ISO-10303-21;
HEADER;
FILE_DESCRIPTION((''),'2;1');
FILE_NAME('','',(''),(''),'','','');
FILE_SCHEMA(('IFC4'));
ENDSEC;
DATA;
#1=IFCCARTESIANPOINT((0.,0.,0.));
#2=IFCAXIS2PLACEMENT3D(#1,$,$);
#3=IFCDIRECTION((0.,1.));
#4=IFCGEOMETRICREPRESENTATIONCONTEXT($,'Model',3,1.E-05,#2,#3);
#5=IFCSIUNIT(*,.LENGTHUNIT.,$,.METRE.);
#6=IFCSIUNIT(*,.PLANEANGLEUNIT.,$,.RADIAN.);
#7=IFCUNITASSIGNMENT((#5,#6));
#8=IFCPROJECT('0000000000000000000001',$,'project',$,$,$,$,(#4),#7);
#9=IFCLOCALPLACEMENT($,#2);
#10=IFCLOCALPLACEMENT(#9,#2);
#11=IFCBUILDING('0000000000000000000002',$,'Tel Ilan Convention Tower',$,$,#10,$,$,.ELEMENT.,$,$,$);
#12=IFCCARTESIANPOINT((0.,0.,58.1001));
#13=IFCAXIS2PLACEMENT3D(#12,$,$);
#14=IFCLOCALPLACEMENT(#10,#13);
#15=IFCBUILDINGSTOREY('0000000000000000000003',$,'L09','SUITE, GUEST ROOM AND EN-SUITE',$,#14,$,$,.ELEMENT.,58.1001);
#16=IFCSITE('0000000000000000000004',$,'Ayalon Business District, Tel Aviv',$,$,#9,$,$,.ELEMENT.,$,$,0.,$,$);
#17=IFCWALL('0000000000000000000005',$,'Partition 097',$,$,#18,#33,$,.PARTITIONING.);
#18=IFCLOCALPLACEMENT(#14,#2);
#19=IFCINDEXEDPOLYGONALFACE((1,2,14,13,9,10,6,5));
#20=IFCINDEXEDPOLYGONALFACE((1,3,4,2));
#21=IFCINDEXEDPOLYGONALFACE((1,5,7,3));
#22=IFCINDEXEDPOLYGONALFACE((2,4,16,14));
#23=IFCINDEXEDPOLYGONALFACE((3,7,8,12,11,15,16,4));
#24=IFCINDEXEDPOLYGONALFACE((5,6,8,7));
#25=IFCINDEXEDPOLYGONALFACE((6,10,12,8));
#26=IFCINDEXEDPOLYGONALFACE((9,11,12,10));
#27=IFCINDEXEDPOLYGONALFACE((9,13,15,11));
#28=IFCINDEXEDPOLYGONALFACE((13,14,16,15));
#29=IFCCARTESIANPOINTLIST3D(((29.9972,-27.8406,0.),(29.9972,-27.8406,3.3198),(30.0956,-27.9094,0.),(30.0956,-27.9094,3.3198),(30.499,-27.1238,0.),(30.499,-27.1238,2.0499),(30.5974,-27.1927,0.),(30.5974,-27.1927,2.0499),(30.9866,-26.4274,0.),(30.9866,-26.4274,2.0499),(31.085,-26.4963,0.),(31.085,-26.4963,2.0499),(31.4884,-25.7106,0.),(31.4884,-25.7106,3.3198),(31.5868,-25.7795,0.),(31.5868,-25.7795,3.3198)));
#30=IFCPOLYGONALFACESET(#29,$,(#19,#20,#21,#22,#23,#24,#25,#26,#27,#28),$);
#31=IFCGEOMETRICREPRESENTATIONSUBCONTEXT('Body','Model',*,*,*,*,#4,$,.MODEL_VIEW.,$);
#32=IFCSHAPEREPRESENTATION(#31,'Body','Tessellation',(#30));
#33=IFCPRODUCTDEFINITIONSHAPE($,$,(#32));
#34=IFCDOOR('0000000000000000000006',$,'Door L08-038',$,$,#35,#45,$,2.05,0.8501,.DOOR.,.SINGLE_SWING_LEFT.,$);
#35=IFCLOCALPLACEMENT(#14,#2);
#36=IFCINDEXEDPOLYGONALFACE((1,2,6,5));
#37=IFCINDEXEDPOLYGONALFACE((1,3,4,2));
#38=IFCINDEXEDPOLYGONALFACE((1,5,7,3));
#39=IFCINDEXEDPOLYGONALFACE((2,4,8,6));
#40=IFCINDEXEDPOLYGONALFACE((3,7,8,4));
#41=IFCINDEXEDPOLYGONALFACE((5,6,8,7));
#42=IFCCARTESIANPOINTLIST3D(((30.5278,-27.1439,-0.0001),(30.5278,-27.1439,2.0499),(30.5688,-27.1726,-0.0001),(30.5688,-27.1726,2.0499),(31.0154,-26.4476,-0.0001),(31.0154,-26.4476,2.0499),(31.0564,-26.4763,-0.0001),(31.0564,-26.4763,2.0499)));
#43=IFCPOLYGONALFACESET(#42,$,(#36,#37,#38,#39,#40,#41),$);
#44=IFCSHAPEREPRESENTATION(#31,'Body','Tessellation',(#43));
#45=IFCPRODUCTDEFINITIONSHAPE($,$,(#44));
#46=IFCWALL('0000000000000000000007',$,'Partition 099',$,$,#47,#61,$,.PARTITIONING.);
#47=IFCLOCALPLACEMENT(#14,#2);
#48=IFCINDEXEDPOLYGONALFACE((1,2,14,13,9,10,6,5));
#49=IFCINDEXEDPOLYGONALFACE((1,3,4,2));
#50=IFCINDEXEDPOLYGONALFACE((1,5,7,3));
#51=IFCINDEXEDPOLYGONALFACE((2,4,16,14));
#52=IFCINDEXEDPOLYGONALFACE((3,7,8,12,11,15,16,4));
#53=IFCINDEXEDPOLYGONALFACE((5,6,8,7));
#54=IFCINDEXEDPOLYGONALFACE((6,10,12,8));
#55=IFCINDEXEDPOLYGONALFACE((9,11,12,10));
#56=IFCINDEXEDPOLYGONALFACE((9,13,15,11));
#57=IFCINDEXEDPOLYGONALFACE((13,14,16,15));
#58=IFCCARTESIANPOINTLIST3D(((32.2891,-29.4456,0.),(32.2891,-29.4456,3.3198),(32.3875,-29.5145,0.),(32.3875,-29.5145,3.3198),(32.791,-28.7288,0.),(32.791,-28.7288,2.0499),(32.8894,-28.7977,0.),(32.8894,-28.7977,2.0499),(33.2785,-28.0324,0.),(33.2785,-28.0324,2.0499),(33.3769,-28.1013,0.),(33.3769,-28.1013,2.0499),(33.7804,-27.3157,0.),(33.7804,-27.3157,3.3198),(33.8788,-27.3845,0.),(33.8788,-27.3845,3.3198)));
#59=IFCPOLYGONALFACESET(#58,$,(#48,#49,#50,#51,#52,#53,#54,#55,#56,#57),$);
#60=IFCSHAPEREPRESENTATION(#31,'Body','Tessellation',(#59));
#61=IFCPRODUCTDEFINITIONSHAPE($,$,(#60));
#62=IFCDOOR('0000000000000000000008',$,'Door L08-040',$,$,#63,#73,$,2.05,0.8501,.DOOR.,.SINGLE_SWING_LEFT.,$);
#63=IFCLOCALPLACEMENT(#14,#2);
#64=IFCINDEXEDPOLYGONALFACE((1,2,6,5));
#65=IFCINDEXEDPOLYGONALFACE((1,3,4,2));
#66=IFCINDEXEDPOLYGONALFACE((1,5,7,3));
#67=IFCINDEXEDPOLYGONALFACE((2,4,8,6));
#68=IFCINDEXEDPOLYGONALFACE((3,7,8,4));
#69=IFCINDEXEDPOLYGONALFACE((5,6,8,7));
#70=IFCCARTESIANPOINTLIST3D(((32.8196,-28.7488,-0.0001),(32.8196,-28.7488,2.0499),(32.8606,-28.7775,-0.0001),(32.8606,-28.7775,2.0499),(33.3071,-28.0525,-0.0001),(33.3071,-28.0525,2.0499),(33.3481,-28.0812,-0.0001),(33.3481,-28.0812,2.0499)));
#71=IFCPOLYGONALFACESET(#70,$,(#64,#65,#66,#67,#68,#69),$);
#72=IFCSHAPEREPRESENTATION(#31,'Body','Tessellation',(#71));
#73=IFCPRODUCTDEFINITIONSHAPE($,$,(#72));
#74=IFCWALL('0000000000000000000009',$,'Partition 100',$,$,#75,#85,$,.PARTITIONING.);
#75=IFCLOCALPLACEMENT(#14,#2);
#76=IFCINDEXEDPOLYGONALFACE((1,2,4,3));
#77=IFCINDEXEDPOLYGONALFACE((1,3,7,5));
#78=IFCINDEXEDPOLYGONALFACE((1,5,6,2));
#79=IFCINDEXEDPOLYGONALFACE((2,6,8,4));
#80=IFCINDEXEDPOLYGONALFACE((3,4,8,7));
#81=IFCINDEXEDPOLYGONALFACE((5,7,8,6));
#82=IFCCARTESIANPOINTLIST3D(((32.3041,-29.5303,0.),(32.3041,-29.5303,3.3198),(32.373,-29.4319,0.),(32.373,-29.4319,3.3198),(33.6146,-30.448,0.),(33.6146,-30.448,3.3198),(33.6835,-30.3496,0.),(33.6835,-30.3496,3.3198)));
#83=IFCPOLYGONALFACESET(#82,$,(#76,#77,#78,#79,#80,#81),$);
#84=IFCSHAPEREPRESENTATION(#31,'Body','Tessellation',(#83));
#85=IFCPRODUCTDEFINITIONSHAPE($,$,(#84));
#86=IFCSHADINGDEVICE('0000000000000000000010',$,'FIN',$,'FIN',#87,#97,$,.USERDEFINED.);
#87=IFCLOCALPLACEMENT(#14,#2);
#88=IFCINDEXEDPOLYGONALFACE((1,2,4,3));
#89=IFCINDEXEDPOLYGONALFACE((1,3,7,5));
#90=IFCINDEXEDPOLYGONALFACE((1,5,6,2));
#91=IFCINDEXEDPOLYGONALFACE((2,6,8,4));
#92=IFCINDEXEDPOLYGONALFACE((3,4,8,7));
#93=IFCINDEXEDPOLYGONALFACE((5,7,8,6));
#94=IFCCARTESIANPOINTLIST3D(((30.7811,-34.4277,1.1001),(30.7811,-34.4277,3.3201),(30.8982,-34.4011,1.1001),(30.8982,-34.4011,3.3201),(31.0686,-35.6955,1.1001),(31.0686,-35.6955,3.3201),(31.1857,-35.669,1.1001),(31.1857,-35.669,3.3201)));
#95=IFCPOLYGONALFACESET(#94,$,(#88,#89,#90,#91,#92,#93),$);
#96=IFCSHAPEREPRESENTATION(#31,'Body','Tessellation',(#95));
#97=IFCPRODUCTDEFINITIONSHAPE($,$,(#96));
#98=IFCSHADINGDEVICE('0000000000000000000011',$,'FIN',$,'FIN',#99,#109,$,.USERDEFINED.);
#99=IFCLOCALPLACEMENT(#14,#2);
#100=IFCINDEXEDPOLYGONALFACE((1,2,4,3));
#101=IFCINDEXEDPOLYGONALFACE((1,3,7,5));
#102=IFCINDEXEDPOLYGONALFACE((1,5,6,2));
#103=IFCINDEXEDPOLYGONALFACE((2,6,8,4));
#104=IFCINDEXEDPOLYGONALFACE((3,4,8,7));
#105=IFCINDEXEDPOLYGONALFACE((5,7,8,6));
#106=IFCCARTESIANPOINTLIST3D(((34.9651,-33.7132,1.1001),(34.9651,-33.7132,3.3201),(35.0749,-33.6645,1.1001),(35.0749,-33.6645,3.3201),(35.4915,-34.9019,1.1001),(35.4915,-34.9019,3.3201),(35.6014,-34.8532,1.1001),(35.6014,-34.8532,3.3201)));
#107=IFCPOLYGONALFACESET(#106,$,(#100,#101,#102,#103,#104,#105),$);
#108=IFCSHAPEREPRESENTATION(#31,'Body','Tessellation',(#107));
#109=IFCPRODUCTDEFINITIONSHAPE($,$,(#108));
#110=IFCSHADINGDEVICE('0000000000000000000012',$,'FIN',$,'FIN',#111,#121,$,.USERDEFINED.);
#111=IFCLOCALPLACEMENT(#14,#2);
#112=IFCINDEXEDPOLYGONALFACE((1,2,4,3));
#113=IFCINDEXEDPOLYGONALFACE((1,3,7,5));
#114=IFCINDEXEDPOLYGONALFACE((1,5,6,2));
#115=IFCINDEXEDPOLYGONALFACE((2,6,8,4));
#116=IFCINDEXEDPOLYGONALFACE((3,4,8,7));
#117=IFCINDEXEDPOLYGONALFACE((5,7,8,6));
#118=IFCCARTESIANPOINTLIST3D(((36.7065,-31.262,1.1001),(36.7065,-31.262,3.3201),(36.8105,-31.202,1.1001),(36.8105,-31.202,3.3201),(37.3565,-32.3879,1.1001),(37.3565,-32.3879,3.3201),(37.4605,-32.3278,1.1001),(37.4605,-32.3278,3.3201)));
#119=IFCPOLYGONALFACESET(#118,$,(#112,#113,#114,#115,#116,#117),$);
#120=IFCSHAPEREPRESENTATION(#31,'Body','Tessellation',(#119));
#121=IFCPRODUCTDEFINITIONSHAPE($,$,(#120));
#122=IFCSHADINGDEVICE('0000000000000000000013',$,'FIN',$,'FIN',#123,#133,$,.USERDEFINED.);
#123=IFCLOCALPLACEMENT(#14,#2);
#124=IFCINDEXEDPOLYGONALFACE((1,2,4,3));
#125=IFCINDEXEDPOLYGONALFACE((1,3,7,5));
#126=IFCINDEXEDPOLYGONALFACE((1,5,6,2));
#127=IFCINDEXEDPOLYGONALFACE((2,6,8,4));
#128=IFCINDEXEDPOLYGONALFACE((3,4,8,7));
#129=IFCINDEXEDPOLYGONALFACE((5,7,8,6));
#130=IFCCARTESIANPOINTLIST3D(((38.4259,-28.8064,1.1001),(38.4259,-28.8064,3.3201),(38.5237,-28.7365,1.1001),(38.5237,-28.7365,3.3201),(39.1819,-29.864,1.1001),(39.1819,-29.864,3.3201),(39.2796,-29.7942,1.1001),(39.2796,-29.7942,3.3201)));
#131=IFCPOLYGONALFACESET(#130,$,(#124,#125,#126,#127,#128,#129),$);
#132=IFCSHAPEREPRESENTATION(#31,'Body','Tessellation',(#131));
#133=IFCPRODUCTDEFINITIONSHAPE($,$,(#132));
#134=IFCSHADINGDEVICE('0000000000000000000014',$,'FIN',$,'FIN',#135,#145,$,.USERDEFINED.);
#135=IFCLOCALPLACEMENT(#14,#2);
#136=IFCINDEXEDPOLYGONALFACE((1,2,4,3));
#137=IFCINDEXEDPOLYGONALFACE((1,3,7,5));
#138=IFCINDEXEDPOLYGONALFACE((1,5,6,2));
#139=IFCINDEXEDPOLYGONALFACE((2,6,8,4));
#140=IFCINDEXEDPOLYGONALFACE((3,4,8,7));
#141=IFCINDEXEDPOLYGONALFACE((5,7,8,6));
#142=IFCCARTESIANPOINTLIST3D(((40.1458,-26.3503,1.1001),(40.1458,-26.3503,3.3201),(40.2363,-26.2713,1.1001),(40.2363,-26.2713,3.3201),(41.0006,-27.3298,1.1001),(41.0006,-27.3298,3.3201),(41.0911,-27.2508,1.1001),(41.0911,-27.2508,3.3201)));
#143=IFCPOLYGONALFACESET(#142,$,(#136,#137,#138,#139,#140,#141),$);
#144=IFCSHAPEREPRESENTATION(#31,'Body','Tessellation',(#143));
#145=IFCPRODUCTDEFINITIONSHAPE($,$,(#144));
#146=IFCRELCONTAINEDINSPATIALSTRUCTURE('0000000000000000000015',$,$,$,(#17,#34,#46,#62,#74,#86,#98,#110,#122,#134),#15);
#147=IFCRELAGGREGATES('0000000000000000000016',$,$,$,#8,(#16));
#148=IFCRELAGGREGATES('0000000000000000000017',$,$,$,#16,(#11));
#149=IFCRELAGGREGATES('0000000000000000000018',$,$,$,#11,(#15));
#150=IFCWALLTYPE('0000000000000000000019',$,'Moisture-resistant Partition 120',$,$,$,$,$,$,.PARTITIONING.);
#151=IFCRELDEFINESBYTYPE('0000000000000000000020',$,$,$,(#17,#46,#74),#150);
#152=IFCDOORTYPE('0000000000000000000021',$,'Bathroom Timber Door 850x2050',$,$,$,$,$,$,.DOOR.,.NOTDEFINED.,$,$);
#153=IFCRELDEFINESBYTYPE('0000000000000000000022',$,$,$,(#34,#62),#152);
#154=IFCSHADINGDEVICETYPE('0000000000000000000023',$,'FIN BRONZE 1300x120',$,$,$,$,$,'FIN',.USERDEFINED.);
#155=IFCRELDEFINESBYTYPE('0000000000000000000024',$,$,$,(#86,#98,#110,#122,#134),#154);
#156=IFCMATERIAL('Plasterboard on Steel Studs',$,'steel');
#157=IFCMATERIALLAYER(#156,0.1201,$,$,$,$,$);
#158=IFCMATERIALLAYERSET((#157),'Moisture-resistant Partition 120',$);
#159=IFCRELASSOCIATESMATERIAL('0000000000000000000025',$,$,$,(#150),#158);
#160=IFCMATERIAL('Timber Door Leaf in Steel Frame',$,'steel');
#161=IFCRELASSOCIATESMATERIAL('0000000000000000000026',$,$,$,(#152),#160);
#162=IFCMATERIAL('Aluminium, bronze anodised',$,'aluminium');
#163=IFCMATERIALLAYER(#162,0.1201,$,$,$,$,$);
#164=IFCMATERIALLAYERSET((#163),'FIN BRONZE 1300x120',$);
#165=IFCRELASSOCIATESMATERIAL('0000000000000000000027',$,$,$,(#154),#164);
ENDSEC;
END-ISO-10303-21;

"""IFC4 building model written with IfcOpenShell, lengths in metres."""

from ifc_helpers import new_model, si_unit, direction, frame, frame_2d, origin, origin_2d, place, context, subcontext, project, spatial, rectangle, extrude, material, layer, layer_set, type_object, element, fill, save


model = new_model("IFC4")

# Units and contexts
model_context = context("Model", 3, precision=1e-05, world=origin(), true_north=direction((0.0, 1.0)))
body_context = subcontext(model_context, "Body", "Model", "MODEL_VIEW")
ifc_project = project(units=[si_unit("LENGTHUNIT", "METRE"), si_unit("PLANEANGLEUNIT", "RADIAN")], contexts=[model_context])

# Site, building, storey
site_placement = place(None, origin())
site = spatial("IfcSite", under=ifc_project, at=site_placement, Name="Ayalon Business District, Tel Aviv", CompositionType="ELEMENT", RefElevation=0.0)
building_placement = place(site_placement, origin())
building = spatial("IfcBuilding", under=site, at=building_placement, Name="Tel Ilan Convention Tower", CompositionType="ELEMENT")
storey_placement = place(building_placement, frame((0.0, 0.0, 58.1001)))
storey = spatial("IfcBuildingStorey", under=building, at=storey_placement, Name="L09", Description="SUITE, GUEST ROOM AND EN-SUITE", CompositionType="ELEMENT", Elevation=58.1001)

# Walls, openings, doors
ifc_material_1 = material(Name="Plasterboard on Steel Studs", Category="steel")
ifc_layer_1 = layer(ifc_material_1, 0.1201)
ifc_layer_set_1 = layer_set([ifc_layer_1], Name="Moisture-resistant Partition 120")
wall_type_1 = type_object("IfcWallType", Name="Moisture-resistant Partition 120", PredefinedType="PARTITIONING", material=ifc_layer_set_1)
wall_1_placement = place(storey_placement, frame((30.0464, -27.875, 0.0), z_axis=(0.0, 0.0, 1.0), x_axis=(0.573538, 0.819179, 0.0)))
wall_1 = element("IfcWall", 1, at=wall_1_placement, inside=storey, type_object=wall_type_1, Name="Partition 097", PredefinedType="PARTITIONING", context=body_context, shape_type="SweptSolid", body=[
    extrude(rectangle(XDim=2.6001, YDim=0.1201, at=frame_2d((1.3, 0.0))), origin(), (0.0, 0.0, 1.0), 3.3198),
])
opening_1_placement = place(wall_1_placement, frame((0.875, 0.0, 0.0)))
opening_1 = element("IfcOpeningElement", 2, at=opening_1_placement, cuts=wall_1, PredefinedType="OPENING", context=body_context, shape_type="SweptSolid", body=[
    extrude(rectangle(XDim=0.8501, YDim=2.05, at=frame_2d((0.425, 1.0249))), frame((0.0, 0.0701, 0.0), z_axis=(0.0, -1.0, 0.0), x_axis=(1.0, 0.0, 0.0)), (0.0, 0.0, 1.0), 0.1401),
])
ifc_material_2 = material(Name="Timber Door Leaf in Steel Frame", Category="steel")
door_type_1 = type_object("IfcDoorType", Name="Bathroom Timber Door 850x2050", OperationType="NOTDEFINED", PredefinedType="DOOR", material=ifc_material_2)
door_1_placement = place(opening_1_placement, origin())
door_1 = element("IfcDoor", 3, at=door_1_placement, inside=storey, type_object=door_type_1, Name="Door L08-038", OperationType="SINGLE_SWING_LEFT", OverallHeight=2.05, OverallWidth=0.8501, PredefinedType="DOOR", context=body_context, shape_type="SweptSolid", body=[
    extrude(rectangle(XDim=0.8501, YDim=2.05, at=frame_2d((0.425, 1.0249))), frame((0.0, 0.0249, 0.0), z_axis=(0.0, -1.0, 0.0), x_axis=(1.0, 0.0, 0.0)), (0.0, 0.0, 1.0), 0.05),
])
fill(opening_1, door_1)
wall_2_placement = place(storey_placement, frame((33.8296, -27.3501, 0.0), z_axis=(0.0, 0.0, 1.0), x_axis=(-0.573538, -0.819179, 0.0)))
wall_2 = element("IfcWall", 4, at=wall_2_placement, inside=storey, type_object=wall_type_1, Name="Partition 099", PredefinedType="PARTITIONING", context=body_context, shape_type="SweptSolid", body=[
    extrude(rectangle(XDim=2.6001, YDim=0.1201, at=frame_2d((1.3, 0.0))), origin(), (0.0, 0.0, 1.0), 3.3198),
])
opening_2_placement = place(wall_2_placement, frame((0.875, 0.0, 0.0)))
opening_2 = element("IfcOpeningElement", 5, at=opening_2_placement, cuts=wall_2, PredefinedType="OPENING", context=body_context, shape_type="SweptSolid", body=[
    extrude(rectangle(XDim=0.8501, YDim=2.05, at=frame_2d((0.425, 1.0249))), frame((0.0, 0.0701, 0.0), z_axis=(0.0, -1.0, 0.0), x_axis=(1.0, 0.0, 0.0)), (0.0, 0.0, 1.0), 0.1401),
])
door_2_placement = place(opening_2_placement, origin())
door_2 = element("IfcDoor", 6, at=door_2_placement, inside=storey, type_object=door_type_1, Name="Door L08-040", OperationType="SINGLE_SWING_LEFT", OverallHeight=2.05, OverallWidth=0.8501, PredefinedType="DOOR", context=body_context, shape_type="SweptSolid", body=[
    extrude(rectangle(XDim=0.8501, YDim=2.05, at=frame_2d((0.425, 1.0249))), frame((0.0, 0.0249, 0.0), z_axis=(0.0, -1.0, 0.0), x_axis=(1.0, 0.0, 0.0)), (0.0, 0.0, 1.0), 0.05),
])
fill(opening_2, door_2)

# Wall
wall_3_placement = place(storey_placement, frame((32.3386, -29.4812, 0.0), z_axis=(0.0, 0.0, 1.0), x_axis=(0.819132, -0.573606, 0.0)))
element("IfcWall", 7, at=wall_3_placement, inside=storey, type_object=wall_type_1, Name="Partition 100", PredefinedType="PARTITIONING", context=body_context, shape_type="SweptSolid", body=[
    extrude(rectangle(XDim=1.5999, YDim=0.1201, at=frame_2d((0.7998, 0.0))), origin(), (0.0, 0.0, 1.0), 3.3198),
])

# Shading devices
ifc_material_3 = material(Name="Aluminium, bronze anodised", Category="aluminium")
ifc_layer_2 = layer(ifc_material_3, 0.1201)
ifc_layer_set_2 = layer_set([ifc_layer_2], Name="FIN BRONZE 1300x120")
shading_device_type = type_object("IfcShadingDeviceType", Name="FIN BRONZE 1300x120", ElementType="FIN", PredefinedType="USERDEFINED", material=ifc_layer_set_2)
for number, where, z_axis, x_axis, name in (
    (8, (30.9834, -35.0483, 1.1001), (0.0, 0.0, 1.0), (0.22117, -0.975235, 0.0), "FIN"),
    (9, (35.2832, -34.2832, 1.1001), (0.0, 0.0, 1.0), (0.404964, -0.914333, 0.0), "FIN"),
    (10, (37.0835, -31.7949, 1.1001), (0.0, 0.0, 1.0), (0.5, -0.866025, 0.0), "FIN"),
    (11, (38.8528, -29.3003, 1.1001), (0.0, 0.0, 1.0), (0.581492, -0.813552, 0.0), "FIN"),
    (12, (40.6184, -26.8005, 1.1001), (0.0, 0.0, 1.0), (0.657521, -0.753436, 0.0), "FIN"),
):
    element("IfcShadingDevice", number, at=place(storey_placement, frame(where, z_axis=z_axis, x_axis=x_axis)), inside=storey, type_object=shading_device_type, Name=name, ObjectType="FIN", PredefinedType="USERDEFINED", context=body_context, shape_type="SweptSolid", body=[
        extrude(rectangle(XDim=1.3, YDim=0.1201, at=origin_2d()), origin(), (0.0, 0.0, 1.0), 2.22),
    ])

save(model, "model.ifc")
